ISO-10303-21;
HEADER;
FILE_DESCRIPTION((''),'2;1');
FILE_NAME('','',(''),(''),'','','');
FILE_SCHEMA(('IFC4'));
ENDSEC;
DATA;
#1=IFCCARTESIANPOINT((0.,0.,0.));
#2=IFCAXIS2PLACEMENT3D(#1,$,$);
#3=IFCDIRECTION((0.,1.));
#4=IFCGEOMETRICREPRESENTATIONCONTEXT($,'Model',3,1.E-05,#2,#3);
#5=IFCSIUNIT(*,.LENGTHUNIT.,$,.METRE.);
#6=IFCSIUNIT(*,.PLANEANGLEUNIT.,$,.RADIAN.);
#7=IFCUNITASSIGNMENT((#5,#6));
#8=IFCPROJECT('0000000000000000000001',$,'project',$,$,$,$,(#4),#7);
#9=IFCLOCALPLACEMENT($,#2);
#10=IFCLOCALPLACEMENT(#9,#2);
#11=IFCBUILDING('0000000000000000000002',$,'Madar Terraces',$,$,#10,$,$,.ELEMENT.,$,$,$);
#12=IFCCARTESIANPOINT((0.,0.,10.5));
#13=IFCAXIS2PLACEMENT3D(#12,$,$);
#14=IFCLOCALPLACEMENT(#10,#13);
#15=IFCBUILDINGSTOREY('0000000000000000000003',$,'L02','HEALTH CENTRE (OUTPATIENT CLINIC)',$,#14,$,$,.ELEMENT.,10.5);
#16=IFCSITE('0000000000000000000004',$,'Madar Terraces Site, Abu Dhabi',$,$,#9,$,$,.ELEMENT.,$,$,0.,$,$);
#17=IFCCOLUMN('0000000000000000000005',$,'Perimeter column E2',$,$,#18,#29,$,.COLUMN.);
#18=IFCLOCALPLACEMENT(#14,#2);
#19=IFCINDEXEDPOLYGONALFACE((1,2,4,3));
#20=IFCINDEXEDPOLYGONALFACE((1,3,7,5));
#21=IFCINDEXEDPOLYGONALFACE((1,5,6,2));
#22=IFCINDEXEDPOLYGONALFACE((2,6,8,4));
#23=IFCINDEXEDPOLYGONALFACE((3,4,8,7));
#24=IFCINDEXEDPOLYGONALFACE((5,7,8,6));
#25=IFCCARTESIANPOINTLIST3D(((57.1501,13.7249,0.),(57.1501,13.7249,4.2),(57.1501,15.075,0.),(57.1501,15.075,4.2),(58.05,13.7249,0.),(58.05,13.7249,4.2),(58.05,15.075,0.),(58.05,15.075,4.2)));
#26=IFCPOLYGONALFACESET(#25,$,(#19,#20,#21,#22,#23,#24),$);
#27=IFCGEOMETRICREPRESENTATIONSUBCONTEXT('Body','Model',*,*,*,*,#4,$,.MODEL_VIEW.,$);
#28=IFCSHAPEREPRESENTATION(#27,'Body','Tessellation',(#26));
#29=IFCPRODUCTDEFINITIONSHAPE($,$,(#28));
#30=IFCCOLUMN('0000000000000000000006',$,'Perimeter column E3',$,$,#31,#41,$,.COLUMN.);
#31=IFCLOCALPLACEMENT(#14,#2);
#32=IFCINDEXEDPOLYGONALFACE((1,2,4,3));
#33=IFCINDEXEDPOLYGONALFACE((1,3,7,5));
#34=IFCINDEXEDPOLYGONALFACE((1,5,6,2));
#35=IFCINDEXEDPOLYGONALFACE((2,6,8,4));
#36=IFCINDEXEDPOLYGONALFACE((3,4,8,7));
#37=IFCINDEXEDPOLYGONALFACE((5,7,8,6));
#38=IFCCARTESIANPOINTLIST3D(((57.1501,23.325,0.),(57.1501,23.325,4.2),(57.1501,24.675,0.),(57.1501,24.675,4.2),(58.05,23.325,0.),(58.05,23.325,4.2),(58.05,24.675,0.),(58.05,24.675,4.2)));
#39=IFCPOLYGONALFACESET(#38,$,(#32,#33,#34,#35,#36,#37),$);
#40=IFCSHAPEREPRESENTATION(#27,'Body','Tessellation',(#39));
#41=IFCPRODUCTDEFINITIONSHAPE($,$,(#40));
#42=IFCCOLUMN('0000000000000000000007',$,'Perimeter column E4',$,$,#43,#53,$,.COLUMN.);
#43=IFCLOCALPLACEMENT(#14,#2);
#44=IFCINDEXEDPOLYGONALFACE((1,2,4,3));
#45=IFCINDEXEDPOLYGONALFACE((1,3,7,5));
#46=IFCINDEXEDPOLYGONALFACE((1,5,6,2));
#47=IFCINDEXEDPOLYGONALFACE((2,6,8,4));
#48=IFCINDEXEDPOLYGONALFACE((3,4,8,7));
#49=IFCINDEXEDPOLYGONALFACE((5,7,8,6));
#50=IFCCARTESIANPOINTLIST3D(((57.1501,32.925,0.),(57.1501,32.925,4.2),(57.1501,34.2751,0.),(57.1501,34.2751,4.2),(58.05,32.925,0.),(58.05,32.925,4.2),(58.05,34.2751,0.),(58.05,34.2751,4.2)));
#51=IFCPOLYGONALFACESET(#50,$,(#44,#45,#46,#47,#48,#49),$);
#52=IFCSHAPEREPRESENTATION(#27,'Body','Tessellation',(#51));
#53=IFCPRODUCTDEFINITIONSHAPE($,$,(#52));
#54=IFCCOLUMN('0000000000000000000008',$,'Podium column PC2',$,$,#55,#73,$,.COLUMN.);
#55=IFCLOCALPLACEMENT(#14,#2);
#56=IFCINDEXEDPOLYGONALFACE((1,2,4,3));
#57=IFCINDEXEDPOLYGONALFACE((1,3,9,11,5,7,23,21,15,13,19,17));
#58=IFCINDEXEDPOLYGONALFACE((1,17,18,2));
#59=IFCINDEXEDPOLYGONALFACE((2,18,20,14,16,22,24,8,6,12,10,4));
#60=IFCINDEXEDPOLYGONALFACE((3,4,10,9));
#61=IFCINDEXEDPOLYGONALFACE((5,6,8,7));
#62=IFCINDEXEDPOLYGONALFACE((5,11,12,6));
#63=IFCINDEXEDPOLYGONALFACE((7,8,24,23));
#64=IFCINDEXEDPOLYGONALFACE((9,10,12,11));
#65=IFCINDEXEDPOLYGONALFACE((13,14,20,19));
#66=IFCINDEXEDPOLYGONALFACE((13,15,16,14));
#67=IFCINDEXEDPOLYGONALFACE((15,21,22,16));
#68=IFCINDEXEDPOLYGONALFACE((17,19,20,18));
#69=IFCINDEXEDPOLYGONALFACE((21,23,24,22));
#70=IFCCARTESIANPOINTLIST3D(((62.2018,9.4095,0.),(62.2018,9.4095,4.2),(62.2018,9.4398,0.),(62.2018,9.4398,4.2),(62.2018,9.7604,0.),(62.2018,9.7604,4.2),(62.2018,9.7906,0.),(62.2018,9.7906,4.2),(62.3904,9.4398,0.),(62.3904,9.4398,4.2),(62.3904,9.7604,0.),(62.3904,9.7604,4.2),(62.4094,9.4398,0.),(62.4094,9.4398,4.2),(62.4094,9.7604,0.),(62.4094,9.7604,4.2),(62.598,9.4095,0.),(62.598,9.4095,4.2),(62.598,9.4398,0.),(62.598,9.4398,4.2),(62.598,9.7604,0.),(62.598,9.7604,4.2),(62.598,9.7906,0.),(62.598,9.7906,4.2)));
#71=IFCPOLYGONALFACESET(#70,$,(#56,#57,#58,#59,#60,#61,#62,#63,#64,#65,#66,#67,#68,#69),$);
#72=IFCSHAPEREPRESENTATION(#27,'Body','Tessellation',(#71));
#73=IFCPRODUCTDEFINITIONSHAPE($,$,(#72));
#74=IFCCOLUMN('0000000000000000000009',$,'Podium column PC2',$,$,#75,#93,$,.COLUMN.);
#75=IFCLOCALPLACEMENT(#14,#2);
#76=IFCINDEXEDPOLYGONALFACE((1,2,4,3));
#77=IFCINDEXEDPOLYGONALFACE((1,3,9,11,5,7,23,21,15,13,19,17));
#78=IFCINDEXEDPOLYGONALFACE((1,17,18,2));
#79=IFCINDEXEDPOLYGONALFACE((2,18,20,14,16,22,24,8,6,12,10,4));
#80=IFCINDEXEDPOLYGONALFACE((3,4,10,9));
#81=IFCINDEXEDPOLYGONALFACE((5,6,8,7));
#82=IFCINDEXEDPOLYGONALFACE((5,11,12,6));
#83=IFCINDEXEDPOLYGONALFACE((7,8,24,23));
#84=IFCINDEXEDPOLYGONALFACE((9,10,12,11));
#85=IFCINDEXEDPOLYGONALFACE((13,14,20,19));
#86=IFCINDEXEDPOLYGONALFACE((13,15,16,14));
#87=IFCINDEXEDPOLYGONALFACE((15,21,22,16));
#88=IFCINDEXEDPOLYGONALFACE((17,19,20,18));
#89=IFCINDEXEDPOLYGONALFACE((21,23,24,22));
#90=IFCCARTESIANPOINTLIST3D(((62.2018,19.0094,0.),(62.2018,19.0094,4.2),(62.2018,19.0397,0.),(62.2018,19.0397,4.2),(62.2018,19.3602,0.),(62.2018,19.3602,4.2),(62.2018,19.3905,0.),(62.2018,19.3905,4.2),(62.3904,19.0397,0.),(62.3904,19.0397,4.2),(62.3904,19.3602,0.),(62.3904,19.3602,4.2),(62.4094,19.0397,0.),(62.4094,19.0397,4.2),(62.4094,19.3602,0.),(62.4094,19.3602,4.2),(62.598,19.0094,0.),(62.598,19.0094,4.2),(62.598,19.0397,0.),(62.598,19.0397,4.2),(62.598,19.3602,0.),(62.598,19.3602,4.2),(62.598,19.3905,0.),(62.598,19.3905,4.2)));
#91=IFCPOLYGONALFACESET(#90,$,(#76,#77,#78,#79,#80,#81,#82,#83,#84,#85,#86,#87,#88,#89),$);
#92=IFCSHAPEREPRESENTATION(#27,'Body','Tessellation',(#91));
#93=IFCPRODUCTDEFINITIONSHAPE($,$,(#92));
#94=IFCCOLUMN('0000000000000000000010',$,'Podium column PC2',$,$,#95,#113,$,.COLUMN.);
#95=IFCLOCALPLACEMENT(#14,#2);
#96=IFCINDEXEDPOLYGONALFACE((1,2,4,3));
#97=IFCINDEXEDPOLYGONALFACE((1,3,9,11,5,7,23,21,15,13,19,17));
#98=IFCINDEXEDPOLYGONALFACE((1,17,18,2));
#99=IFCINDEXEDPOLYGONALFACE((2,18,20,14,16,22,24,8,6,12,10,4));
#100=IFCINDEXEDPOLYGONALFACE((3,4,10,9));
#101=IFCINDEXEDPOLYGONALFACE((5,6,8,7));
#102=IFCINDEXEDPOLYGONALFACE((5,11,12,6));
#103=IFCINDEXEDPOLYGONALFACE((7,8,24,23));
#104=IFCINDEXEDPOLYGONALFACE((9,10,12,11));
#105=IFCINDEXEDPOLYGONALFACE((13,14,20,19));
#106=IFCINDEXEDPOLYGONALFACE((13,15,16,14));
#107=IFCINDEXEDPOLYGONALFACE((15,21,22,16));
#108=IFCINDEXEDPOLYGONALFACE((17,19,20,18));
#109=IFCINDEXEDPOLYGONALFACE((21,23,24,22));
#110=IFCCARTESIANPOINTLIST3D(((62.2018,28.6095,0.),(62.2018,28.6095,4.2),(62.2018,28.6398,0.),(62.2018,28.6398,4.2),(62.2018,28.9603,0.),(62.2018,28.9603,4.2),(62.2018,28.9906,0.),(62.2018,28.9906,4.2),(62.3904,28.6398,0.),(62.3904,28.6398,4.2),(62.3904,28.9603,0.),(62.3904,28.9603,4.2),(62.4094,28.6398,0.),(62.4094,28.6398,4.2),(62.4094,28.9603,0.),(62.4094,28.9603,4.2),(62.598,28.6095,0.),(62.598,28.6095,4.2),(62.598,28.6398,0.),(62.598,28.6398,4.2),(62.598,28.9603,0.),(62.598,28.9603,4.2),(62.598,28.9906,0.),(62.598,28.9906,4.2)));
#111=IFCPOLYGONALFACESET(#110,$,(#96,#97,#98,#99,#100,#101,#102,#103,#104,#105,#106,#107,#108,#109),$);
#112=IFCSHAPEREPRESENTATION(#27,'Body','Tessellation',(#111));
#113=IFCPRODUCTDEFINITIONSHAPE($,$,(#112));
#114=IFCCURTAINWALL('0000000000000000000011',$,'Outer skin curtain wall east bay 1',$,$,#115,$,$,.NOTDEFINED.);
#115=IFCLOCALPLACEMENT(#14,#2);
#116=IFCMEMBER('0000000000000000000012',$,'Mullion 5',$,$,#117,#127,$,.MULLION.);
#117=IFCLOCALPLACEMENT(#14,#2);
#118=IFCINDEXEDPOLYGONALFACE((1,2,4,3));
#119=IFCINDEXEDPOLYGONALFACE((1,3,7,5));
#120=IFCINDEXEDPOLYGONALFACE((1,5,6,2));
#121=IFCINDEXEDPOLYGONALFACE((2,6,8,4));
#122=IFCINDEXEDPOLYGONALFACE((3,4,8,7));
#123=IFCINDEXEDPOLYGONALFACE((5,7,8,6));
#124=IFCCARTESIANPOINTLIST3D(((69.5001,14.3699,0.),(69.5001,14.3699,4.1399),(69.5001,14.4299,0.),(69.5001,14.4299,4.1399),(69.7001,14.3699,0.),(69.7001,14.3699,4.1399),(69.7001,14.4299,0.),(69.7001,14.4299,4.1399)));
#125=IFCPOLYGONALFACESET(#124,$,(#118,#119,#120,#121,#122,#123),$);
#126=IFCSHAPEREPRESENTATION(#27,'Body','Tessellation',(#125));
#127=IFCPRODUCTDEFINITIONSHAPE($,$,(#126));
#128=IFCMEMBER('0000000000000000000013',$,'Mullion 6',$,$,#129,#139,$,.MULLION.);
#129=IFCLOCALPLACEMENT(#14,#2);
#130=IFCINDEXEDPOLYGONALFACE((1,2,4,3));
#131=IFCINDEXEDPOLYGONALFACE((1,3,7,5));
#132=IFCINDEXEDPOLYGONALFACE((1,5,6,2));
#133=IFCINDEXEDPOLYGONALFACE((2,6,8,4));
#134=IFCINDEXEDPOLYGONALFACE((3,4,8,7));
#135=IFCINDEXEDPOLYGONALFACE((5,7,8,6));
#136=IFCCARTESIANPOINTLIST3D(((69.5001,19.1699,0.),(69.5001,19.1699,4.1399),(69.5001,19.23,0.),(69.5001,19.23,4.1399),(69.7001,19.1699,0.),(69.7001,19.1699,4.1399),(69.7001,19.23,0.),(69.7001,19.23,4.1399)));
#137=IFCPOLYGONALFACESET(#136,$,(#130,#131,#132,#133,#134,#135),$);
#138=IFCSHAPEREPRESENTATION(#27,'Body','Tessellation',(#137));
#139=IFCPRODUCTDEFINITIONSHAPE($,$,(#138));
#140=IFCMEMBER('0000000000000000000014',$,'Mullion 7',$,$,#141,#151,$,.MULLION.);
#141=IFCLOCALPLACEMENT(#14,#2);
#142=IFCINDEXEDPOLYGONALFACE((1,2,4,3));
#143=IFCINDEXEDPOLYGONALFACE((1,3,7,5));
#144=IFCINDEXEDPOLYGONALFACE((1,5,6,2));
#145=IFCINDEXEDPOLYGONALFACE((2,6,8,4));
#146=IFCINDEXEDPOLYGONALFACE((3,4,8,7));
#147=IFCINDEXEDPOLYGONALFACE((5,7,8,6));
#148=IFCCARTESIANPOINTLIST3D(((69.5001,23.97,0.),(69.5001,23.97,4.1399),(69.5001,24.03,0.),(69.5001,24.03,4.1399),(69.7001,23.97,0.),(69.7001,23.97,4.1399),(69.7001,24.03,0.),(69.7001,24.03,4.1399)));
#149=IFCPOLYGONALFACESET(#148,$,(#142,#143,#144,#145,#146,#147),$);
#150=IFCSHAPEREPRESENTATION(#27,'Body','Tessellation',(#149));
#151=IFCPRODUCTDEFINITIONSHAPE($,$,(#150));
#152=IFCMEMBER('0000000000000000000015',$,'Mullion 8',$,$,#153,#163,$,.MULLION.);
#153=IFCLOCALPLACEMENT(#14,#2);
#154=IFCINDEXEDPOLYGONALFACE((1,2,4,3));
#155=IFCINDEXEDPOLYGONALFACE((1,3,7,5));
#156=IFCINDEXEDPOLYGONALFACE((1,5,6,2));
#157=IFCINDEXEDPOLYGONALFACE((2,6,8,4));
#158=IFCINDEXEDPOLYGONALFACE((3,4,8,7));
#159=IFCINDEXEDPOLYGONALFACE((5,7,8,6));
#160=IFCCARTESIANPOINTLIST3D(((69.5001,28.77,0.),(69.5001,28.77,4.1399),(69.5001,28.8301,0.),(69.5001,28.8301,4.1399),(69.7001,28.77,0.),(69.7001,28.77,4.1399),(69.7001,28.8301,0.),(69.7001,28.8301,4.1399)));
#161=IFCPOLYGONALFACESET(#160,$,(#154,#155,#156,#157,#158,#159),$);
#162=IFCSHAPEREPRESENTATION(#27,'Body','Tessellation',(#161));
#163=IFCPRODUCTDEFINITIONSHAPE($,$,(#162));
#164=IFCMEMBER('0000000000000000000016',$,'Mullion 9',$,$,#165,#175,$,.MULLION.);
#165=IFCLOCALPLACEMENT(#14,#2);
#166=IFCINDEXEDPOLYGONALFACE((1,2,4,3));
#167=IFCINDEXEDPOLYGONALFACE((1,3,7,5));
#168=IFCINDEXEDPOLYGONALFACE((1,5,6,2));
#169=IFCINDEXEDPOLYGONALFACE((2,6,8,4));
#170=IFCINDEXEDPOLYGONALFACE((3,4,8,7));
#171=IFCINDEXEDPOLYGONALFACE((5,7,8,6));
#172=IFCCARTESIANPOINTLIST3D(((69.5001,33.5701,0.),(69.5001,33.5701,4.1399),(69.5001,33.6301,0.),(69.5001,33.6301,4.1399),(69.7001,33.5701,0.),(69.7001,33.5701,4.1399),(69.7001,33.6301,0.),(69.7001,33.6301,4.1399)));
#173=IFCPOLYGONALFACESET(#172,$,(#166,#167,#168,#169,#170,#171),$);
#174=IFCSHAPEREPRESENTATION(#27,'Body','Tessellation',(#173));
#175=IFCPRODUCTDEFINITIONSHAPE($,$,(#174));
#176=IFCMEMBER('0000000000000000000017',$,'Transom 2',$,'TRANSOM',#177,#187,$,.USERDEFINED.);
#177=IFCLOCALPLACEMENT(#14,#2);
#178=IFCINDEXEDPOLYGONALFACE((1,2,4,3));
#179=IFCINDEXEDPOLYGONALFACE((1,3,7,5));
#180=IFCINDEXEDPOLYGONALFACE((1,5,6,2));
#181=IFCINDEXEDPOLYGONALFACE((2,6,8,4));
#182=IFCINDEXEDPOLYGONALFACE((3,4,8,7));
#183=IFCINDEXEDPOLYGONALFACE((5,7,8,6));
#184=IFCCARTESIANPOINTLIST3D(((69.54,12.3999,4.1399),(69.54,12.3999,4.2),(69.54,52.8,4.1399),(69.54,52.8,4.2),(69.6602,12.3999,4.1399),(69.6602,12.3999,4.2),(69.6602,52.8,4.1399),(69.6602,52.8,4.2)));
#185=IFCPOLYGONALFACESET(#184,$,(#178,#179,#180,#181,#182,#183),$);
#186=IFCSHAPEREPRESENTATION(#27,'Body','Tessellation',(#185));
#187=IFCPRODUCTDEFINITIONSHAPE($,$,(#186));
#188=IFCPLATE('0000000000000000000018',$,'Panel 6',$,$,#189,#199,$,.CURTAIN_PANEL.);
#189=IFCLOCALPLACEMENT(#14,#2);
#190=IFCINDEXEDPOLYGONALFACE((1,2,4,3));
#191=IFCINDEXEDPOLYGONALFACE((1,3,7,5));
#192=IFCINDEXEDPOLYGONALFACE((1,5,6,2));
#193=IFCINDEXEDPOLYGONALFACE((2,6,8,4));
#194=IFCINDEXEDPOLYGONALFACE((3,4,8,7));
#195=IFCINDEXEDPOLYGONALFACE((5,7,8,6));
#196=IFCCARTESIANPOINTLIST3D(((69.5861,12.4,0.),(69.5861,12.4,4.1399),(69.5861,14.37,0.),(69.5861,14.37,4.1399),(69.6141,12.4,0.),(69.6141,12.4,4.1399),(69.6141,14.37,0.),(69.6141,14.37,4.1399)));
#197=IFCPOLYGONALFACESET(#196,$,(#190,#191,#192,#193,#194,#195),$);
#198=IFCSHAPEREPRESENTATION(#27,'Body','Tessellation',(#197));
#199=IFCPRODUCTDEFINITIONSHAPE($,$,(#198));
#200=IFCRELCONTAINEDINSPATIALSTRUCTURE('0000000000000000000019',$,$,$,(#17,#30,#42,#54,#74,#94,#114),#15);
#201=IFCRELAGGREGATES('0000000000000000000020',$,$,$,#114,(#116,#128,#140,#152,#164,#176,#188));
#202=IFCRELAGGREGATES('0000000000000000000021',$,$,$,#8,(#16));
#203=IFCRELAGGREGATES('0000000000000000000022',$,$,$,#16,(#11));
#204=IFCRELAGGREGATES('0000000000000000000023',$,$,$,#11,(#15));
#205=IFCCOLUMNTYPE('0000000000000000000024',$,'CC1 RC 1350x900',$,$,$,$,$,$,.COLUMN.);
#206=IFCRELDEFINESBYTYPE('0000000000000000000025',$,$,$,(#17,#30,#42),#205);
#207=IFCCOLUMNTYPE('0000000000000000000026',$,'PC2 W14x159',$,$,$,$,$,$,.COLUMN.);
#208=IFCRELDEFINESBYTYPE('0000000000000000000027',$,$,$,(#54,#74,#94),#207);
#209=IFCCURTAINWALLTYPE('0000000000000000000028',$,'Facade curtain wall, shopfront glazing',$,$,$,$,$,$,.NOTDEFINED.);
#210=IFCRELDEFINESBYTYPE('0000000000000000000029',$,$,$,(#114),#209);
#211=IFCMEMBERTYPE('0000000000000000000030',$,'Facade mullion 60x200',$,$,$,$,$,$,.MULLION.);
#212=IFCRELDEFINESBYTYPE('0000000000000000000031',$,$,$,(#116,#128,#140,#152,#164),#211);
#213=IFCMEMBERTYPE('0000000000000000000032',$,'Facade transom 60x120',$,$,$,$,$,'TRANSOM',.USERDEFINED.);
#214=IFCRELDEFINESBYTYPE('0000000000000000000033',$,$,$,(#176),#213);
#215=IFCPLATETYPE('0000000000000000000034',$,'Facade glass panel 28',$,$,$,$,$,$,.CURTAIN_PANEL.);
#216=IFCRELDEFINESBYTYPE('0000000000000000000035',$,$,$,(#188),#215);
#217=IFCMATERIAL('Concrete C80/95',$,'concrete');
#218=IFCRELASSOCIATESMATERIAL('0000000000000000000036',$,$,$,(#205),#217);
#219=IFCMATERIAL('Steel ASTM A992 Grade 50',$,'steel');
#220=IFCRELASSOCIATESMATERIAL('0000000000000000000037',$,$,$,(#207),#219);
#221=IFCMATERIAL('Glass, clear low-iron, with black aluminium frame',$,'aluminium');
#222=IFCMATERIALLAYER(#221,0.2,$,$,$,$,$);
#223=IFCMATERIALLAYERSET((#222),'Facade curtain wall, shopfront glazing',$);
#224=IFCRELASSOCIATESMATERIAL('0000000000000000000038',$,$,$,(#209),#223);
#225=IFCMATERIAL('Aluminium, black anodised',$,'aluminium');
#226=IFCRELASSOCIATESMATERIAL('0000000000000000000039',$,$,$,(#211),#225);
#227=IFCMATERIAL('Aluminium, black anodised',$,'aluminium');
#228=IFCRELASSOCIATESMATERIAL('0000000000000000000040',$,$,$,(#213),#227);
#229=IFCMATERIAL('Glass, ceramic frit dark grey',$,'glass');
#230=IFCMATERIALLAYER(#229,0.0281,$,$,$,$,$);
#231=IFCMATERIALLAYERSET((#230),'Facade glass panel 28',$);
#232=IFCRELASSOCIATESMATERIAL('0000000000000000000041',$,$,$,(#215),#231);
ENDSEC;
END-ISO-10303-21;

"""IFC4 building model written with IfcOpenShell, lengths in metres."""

from ifc_helpers import new_model, si_unit, direction, frame, origin, origin_2d, place, context, subcontext, project, spatial, rectangle, i_section, extrude, material, layer, layer_set, material_profile, profile_set, type_object, element, aggregate, save


model = new_model("IFC4")

# Units and contexts
model_context = context("Model", 3, precision=1e-05, world=origin(), true_north=direction((0.0, 1.0)))
body_context = subcontext(model_context, "Body", "Model", "MODEL_VIEW")
ifc_project = project(units=[si_unit("LENGTHUNIT", "METRE"), si_unit("PLANEANGLEUNIT", "RADIAN")], contexts=[model_context])

# Site, building, storey
site_placement = place(None, origin())
site = spatial("IfcSite", under=ifc_project, at=site_placement, Name="Madar Terraces Site, Abu Dhabi", CompositionType="ELEMENT", RefElevation=0.0)
building_placement = place(site_placement, origin())
building = spatial("IfcBuilding", under=site, at=building_placement, Name="Madar Terraces", CompositionType="ELEMENT")
storey_placement = place(building_placement, frame((0.0, 0.0, 10.5)))
storey = spatial("IfcBuildingStorey", under=building, at=storey_placement, Name="L02", Description="HEALTH CENTRE (OUTPATIENT CLINIC)", CompositionType="ELEMENT", Elevation=10.5)

# Columns
ifc_material_1 = material(Name="Concrete C80/95", Category="concrete")
ifc_material_profile_1 = material_profile(ifc_material_1, rectangle(XDim=1.3501, YDim=0.8999, at=origin_2d()), Name="CC1 RC 1350x900")
ifc_profile_set_1 = profile_set([ifc_material_profile_1], Name="Concrete C80/95")
column_type_1 = type_object("IfcColumnType", Name="CC1 RC 1350x900", PredefinedType="COLUMN", material=ifc_profile_set_1)
for number, where, z_axis, x_axis, name in (
    (1, (57.6001, 14.3999, 0.0), (0.0, 0.0, 1.0), (0.0, 1.0, 0.0), "Perimeter column E2"),
    (2, (57.6001, 24.0, 0.0), (0.0, 0.0, 1.0), (0.0, 1.0, 0.0), "Perimeter column E3"),
    (3, (57.6001, 33.6001, 0.0), (0.0, 0.0, 1.0), (0.0, 1.0, 0.0), "Perimeter column E4"),
):
    element("IfcColumn", number, at=place(storey_placement, frame(where, z_axis=z_axis, x_axis=x_axis)), inside=storey, type_object=column_type_1, Name=name, PredefinedType="COLUMN", context=body_context, shape_type="SweptSolid", body=[
        extrude(rectangle(XDim=1.3501, YDim=0.8999, at=origin_2d()), origin(), (0.0, 0.0, 1.0), 4.2),
    ])
ifc_material_2 = material(Name="Steel ASTM A992 Grade 50", Category="steel")
ifc_material_profile_2 = material_profile(ifc_material_2, i_section(OverallWidth=0.3962, OverallDepth=0.3811, WebThickness=0.019, FlangeThickness=0.0303, at=origin_2d()), Name="W14x159")
ifc_profile_set_2 = profile_set([ifc_material_profile_2], Name="Steel ASTM A992 Grade 50")
column_type_2 = type_object("IfcColumnType", Name="PC2 W14x159", PredefinedType="COLUMN", material=ifc_profile_set_2)
for number, where, z_axis, x_axis, name in (
    (4, (62.3999, 9.6001, 0.0), (0.0, 0.0, 1.0), (1.0, 0.0, 0.0), "Podium column PC2"),
    (5, (62.3999, 19.2, 0.0), (0.0, 0.0, 1.0), (1.0, 0.0, 0.0), "Podium column PC2"),
    (6, (62.3999, 28.8, 0.0), (0.0, 0.0, 1.0), (1.0, 0.0, 0.0), "Podium column PC2"),
):
    element("IfcColumn", number, at=place(storey_placement, frame(where, z_axis=z_axis, x_axis=x_axis)), inside=storey, type_object=column_type_2, Name=name, PredefinedType="COLUMN", context=body_context, shape_type="SweptSolid", body=[
        extrude(i_section(OverallWidth=0.3962, OverallDepth=0.3811, WebThickness=0.019, FlangeThickness=0.0303, at=origin_2d()), origin(), (0.0, 0.0, 1.0), 4.2),
    ])

# Curtain wall, members, plate
ifc_material_3 = material(Name="Glass, clear low-iron, with black aluminium frame", Category="aluminium")
ifc_layer_1 = layer(ifc_material_3, 0.2)
ifc_layer_set_1 = layer_set([ifc_layer_1], Name="Facade curtain wall, shopfront glazing")
curtain_wall_type = type_object("IfcCurtainWallType", Name="Facade curtain wall, shopfront glazing", PredefinedType="NOTDEFINED", material=ifc_layer_set_1)
curtain_wall_placement = place(storey_placement, origin())
curtain_wall = element("IfcCurtainWall", 7, at=curtain_wall_placement, inside=storey, type_object=curtain_wall_type, Name="Outer skin curtain wall east bay 1", PredefinedType="NOTDEFINED")
ifc_material_4 = material(Name="Aluminium, black anodised", Category="aluminium")
ifc_material_profile_3 = material_profile(ifc_material_4, rectangle(XDim=0.2, YDim=0.0601, at=origin_2d()), Name="Facade mullion 60x200")
ifc_profile_set_3 = profile_set([ifc_material_profile_3], Name="Aluminium, black anodised")
member_type_1 = type_object("IfcMemberType", Name="Facade mullion 60x200", PredefinedType="MULLION", material=ifc_profile_set_3)
member_1_placement = place(storey_placement, frame((69.6001, 14.3999, 0.0), z_axis=(0.0, 0.0, 1.0), x_axis=(-1.0, 0.0, 0.0)))
member_1 = element("IfcMember", 8, at=member_1_placement, type_object=member_type_1, Name="Mullion 5", PredefinedType="MULLION", context=body_context, shape_type="SweptSolid", body=[
    extrude(rectangle(XDim=0.2, YDim=0.0601, at=origin_2d()), origin(), (0.0, 0.0, 1.0), 4.1399),
])
member_2_placement = place(storey_placement, frame((69.6001, 19.2, 0.0), z_axis=(0.0, 0.0, 1.0), x_axis=(-1.0, 0.0, 0.0)))
member_2 = element("IfcMember", 9, at=member_2_placement, type_object=member_type_1, Name="Mullion 6", PredefinedType="MULLION", context=body_context, shape_type="SweptSolid", body=[
    extrude(rectangle(XDim=0.2, YDim=0.0601, at=origin_2d()), origin(), (0.0, 0.0, 1.0), 4.1399),
])
member_3_placement = place(storey_placement, frame((69.6001, 24.0, 0.0), z_axis=(0.0, 0.0, 1.0), x_axis=(-1.0, 0.0, 0.0)))
member_3 = element("IfcMember", 10, at=member_3_placement, type_object=member_type_1, Name="Mullion 7", PredefinedType="MULLION", context=body_context, shape_type="SweptSolid", body=[
    extrude(rectangle(XDim=0.2, YDim=0.0601, at=origin_2d()), origin(), (0.0, 0.0, 1.0), 4.1399),
])
member_4_placement = place(storey_placement, frame((69.6001, 28.8, 0.0), z_axis=(0.0, 0.0, 1.0), x_axis=(-1.0, 0.0, 0.0)))
member_4 = element("IfcMember", 11, at=member_4_placement, type_object=member_type_1, Name="Mullion 8", PredefinedType="MULLION", context=body_context, shape_type="SweptSolid", body=[
    extrude(rectangle(XDim=0.2, YDim=0.0601, at=origin_2d()), origin(), (0.0, 0.0, 1.0), 4.1399),
])
member_5_placement = place(storey_placement, frame((69.6001, 33.6001, 0.0), z_axis=(0.0, 0.0, 1.0), x_axis=(-1.0, 0.0, 0.0)))
member_5 = element("IfcMember", 12, at=member_5_placement, type_object=member_type_1, Name="Mullion 9", PredefinedType="MULLION", context=body_context, shape_type="SweptSolid", body=[
    extrude(rectangle(XDim=0.2, YDim=0.0601, at=origin_2d()), origin(), (0.0, 0.0, 1.0), 4.1399),
])
ifc_material_5 = material(Name="Aluminium, black anodised", Category="aluminium")
ifc_material_profile_4 = material_profile(ifc_material_5, rectangle(XDim=0.1201, YDim=0.0601, at=origin_2d()), Name="Facade transom 60x120")
ifc_profile_set_4 = profile_set([ifc_material_profile_4], Name="Aluminium, black anodised")
member_type_2 = type_object("IfcMemberType", Name="Facade transom 60x120", ElementType="TRANSOM", PredefinedType="USERDEFINED", material=ifc_profile_set_4)
member_6_placement = place(storey_placement, frame((69.6001, 12.3999, 4.1699), z_axis=(0.0, 1.0, 0.0), x_axis=(-1.0, 0.0, 0.0)))
member_6 = element("IfcMember", 13, at=member_6_placement, type_object=member_type_2, Name="Transom 2", ObjectType="TRANSOM", PredefinedType="USERDEFINED", context=body_context, shape_type="SweptSolid", body=[
    extrude(rectangle(XDim=0.1201, YDim=0.0601, at=origin_2d()), origin(), (0.0, 0.0, 1.0), 40.4001),
])
ifc_material_6 = material(Name="Glass, ceramic frit dark grey", Category="glass")
ifc_layer_2 = layer(ifc_material_6, 0.0281)
ifc_layer_set_2 = layer_set([ifc_layer_2], Name="Facade glass panel 28")
plate_type = type_object("IfcPlateType", Name="Facade glass panel 28", PredefinedType="CURTAIN_PANEL", material=ifc_layer_set_2)
plate_1_placement = place(storey_placement, frame((69.6001, 13.385, 0.0), z_axis=(0.0, 0.0, 1.0), x_axis=(0.0, 1.0, 0.0)))
plate_1 = element("IfcPlate", 14, at=plate_1_placement, type_object=plate_type, Name="Panel 6", PredefinedType="CURTAIN_PANEL", context=body_context, shape_type="SweptSolid", body=[
    extrude(rectangle(XDim=1.97, YDim=0.0281, at=origin_2d()), origin(), (0.0, 0.0, 1.0), 4.1399),
])
aggregate(curtain_wall, [member_1, member_2, member_3, member_4, member_5, member_6, plate_1])

save(model, "model.ifc")
